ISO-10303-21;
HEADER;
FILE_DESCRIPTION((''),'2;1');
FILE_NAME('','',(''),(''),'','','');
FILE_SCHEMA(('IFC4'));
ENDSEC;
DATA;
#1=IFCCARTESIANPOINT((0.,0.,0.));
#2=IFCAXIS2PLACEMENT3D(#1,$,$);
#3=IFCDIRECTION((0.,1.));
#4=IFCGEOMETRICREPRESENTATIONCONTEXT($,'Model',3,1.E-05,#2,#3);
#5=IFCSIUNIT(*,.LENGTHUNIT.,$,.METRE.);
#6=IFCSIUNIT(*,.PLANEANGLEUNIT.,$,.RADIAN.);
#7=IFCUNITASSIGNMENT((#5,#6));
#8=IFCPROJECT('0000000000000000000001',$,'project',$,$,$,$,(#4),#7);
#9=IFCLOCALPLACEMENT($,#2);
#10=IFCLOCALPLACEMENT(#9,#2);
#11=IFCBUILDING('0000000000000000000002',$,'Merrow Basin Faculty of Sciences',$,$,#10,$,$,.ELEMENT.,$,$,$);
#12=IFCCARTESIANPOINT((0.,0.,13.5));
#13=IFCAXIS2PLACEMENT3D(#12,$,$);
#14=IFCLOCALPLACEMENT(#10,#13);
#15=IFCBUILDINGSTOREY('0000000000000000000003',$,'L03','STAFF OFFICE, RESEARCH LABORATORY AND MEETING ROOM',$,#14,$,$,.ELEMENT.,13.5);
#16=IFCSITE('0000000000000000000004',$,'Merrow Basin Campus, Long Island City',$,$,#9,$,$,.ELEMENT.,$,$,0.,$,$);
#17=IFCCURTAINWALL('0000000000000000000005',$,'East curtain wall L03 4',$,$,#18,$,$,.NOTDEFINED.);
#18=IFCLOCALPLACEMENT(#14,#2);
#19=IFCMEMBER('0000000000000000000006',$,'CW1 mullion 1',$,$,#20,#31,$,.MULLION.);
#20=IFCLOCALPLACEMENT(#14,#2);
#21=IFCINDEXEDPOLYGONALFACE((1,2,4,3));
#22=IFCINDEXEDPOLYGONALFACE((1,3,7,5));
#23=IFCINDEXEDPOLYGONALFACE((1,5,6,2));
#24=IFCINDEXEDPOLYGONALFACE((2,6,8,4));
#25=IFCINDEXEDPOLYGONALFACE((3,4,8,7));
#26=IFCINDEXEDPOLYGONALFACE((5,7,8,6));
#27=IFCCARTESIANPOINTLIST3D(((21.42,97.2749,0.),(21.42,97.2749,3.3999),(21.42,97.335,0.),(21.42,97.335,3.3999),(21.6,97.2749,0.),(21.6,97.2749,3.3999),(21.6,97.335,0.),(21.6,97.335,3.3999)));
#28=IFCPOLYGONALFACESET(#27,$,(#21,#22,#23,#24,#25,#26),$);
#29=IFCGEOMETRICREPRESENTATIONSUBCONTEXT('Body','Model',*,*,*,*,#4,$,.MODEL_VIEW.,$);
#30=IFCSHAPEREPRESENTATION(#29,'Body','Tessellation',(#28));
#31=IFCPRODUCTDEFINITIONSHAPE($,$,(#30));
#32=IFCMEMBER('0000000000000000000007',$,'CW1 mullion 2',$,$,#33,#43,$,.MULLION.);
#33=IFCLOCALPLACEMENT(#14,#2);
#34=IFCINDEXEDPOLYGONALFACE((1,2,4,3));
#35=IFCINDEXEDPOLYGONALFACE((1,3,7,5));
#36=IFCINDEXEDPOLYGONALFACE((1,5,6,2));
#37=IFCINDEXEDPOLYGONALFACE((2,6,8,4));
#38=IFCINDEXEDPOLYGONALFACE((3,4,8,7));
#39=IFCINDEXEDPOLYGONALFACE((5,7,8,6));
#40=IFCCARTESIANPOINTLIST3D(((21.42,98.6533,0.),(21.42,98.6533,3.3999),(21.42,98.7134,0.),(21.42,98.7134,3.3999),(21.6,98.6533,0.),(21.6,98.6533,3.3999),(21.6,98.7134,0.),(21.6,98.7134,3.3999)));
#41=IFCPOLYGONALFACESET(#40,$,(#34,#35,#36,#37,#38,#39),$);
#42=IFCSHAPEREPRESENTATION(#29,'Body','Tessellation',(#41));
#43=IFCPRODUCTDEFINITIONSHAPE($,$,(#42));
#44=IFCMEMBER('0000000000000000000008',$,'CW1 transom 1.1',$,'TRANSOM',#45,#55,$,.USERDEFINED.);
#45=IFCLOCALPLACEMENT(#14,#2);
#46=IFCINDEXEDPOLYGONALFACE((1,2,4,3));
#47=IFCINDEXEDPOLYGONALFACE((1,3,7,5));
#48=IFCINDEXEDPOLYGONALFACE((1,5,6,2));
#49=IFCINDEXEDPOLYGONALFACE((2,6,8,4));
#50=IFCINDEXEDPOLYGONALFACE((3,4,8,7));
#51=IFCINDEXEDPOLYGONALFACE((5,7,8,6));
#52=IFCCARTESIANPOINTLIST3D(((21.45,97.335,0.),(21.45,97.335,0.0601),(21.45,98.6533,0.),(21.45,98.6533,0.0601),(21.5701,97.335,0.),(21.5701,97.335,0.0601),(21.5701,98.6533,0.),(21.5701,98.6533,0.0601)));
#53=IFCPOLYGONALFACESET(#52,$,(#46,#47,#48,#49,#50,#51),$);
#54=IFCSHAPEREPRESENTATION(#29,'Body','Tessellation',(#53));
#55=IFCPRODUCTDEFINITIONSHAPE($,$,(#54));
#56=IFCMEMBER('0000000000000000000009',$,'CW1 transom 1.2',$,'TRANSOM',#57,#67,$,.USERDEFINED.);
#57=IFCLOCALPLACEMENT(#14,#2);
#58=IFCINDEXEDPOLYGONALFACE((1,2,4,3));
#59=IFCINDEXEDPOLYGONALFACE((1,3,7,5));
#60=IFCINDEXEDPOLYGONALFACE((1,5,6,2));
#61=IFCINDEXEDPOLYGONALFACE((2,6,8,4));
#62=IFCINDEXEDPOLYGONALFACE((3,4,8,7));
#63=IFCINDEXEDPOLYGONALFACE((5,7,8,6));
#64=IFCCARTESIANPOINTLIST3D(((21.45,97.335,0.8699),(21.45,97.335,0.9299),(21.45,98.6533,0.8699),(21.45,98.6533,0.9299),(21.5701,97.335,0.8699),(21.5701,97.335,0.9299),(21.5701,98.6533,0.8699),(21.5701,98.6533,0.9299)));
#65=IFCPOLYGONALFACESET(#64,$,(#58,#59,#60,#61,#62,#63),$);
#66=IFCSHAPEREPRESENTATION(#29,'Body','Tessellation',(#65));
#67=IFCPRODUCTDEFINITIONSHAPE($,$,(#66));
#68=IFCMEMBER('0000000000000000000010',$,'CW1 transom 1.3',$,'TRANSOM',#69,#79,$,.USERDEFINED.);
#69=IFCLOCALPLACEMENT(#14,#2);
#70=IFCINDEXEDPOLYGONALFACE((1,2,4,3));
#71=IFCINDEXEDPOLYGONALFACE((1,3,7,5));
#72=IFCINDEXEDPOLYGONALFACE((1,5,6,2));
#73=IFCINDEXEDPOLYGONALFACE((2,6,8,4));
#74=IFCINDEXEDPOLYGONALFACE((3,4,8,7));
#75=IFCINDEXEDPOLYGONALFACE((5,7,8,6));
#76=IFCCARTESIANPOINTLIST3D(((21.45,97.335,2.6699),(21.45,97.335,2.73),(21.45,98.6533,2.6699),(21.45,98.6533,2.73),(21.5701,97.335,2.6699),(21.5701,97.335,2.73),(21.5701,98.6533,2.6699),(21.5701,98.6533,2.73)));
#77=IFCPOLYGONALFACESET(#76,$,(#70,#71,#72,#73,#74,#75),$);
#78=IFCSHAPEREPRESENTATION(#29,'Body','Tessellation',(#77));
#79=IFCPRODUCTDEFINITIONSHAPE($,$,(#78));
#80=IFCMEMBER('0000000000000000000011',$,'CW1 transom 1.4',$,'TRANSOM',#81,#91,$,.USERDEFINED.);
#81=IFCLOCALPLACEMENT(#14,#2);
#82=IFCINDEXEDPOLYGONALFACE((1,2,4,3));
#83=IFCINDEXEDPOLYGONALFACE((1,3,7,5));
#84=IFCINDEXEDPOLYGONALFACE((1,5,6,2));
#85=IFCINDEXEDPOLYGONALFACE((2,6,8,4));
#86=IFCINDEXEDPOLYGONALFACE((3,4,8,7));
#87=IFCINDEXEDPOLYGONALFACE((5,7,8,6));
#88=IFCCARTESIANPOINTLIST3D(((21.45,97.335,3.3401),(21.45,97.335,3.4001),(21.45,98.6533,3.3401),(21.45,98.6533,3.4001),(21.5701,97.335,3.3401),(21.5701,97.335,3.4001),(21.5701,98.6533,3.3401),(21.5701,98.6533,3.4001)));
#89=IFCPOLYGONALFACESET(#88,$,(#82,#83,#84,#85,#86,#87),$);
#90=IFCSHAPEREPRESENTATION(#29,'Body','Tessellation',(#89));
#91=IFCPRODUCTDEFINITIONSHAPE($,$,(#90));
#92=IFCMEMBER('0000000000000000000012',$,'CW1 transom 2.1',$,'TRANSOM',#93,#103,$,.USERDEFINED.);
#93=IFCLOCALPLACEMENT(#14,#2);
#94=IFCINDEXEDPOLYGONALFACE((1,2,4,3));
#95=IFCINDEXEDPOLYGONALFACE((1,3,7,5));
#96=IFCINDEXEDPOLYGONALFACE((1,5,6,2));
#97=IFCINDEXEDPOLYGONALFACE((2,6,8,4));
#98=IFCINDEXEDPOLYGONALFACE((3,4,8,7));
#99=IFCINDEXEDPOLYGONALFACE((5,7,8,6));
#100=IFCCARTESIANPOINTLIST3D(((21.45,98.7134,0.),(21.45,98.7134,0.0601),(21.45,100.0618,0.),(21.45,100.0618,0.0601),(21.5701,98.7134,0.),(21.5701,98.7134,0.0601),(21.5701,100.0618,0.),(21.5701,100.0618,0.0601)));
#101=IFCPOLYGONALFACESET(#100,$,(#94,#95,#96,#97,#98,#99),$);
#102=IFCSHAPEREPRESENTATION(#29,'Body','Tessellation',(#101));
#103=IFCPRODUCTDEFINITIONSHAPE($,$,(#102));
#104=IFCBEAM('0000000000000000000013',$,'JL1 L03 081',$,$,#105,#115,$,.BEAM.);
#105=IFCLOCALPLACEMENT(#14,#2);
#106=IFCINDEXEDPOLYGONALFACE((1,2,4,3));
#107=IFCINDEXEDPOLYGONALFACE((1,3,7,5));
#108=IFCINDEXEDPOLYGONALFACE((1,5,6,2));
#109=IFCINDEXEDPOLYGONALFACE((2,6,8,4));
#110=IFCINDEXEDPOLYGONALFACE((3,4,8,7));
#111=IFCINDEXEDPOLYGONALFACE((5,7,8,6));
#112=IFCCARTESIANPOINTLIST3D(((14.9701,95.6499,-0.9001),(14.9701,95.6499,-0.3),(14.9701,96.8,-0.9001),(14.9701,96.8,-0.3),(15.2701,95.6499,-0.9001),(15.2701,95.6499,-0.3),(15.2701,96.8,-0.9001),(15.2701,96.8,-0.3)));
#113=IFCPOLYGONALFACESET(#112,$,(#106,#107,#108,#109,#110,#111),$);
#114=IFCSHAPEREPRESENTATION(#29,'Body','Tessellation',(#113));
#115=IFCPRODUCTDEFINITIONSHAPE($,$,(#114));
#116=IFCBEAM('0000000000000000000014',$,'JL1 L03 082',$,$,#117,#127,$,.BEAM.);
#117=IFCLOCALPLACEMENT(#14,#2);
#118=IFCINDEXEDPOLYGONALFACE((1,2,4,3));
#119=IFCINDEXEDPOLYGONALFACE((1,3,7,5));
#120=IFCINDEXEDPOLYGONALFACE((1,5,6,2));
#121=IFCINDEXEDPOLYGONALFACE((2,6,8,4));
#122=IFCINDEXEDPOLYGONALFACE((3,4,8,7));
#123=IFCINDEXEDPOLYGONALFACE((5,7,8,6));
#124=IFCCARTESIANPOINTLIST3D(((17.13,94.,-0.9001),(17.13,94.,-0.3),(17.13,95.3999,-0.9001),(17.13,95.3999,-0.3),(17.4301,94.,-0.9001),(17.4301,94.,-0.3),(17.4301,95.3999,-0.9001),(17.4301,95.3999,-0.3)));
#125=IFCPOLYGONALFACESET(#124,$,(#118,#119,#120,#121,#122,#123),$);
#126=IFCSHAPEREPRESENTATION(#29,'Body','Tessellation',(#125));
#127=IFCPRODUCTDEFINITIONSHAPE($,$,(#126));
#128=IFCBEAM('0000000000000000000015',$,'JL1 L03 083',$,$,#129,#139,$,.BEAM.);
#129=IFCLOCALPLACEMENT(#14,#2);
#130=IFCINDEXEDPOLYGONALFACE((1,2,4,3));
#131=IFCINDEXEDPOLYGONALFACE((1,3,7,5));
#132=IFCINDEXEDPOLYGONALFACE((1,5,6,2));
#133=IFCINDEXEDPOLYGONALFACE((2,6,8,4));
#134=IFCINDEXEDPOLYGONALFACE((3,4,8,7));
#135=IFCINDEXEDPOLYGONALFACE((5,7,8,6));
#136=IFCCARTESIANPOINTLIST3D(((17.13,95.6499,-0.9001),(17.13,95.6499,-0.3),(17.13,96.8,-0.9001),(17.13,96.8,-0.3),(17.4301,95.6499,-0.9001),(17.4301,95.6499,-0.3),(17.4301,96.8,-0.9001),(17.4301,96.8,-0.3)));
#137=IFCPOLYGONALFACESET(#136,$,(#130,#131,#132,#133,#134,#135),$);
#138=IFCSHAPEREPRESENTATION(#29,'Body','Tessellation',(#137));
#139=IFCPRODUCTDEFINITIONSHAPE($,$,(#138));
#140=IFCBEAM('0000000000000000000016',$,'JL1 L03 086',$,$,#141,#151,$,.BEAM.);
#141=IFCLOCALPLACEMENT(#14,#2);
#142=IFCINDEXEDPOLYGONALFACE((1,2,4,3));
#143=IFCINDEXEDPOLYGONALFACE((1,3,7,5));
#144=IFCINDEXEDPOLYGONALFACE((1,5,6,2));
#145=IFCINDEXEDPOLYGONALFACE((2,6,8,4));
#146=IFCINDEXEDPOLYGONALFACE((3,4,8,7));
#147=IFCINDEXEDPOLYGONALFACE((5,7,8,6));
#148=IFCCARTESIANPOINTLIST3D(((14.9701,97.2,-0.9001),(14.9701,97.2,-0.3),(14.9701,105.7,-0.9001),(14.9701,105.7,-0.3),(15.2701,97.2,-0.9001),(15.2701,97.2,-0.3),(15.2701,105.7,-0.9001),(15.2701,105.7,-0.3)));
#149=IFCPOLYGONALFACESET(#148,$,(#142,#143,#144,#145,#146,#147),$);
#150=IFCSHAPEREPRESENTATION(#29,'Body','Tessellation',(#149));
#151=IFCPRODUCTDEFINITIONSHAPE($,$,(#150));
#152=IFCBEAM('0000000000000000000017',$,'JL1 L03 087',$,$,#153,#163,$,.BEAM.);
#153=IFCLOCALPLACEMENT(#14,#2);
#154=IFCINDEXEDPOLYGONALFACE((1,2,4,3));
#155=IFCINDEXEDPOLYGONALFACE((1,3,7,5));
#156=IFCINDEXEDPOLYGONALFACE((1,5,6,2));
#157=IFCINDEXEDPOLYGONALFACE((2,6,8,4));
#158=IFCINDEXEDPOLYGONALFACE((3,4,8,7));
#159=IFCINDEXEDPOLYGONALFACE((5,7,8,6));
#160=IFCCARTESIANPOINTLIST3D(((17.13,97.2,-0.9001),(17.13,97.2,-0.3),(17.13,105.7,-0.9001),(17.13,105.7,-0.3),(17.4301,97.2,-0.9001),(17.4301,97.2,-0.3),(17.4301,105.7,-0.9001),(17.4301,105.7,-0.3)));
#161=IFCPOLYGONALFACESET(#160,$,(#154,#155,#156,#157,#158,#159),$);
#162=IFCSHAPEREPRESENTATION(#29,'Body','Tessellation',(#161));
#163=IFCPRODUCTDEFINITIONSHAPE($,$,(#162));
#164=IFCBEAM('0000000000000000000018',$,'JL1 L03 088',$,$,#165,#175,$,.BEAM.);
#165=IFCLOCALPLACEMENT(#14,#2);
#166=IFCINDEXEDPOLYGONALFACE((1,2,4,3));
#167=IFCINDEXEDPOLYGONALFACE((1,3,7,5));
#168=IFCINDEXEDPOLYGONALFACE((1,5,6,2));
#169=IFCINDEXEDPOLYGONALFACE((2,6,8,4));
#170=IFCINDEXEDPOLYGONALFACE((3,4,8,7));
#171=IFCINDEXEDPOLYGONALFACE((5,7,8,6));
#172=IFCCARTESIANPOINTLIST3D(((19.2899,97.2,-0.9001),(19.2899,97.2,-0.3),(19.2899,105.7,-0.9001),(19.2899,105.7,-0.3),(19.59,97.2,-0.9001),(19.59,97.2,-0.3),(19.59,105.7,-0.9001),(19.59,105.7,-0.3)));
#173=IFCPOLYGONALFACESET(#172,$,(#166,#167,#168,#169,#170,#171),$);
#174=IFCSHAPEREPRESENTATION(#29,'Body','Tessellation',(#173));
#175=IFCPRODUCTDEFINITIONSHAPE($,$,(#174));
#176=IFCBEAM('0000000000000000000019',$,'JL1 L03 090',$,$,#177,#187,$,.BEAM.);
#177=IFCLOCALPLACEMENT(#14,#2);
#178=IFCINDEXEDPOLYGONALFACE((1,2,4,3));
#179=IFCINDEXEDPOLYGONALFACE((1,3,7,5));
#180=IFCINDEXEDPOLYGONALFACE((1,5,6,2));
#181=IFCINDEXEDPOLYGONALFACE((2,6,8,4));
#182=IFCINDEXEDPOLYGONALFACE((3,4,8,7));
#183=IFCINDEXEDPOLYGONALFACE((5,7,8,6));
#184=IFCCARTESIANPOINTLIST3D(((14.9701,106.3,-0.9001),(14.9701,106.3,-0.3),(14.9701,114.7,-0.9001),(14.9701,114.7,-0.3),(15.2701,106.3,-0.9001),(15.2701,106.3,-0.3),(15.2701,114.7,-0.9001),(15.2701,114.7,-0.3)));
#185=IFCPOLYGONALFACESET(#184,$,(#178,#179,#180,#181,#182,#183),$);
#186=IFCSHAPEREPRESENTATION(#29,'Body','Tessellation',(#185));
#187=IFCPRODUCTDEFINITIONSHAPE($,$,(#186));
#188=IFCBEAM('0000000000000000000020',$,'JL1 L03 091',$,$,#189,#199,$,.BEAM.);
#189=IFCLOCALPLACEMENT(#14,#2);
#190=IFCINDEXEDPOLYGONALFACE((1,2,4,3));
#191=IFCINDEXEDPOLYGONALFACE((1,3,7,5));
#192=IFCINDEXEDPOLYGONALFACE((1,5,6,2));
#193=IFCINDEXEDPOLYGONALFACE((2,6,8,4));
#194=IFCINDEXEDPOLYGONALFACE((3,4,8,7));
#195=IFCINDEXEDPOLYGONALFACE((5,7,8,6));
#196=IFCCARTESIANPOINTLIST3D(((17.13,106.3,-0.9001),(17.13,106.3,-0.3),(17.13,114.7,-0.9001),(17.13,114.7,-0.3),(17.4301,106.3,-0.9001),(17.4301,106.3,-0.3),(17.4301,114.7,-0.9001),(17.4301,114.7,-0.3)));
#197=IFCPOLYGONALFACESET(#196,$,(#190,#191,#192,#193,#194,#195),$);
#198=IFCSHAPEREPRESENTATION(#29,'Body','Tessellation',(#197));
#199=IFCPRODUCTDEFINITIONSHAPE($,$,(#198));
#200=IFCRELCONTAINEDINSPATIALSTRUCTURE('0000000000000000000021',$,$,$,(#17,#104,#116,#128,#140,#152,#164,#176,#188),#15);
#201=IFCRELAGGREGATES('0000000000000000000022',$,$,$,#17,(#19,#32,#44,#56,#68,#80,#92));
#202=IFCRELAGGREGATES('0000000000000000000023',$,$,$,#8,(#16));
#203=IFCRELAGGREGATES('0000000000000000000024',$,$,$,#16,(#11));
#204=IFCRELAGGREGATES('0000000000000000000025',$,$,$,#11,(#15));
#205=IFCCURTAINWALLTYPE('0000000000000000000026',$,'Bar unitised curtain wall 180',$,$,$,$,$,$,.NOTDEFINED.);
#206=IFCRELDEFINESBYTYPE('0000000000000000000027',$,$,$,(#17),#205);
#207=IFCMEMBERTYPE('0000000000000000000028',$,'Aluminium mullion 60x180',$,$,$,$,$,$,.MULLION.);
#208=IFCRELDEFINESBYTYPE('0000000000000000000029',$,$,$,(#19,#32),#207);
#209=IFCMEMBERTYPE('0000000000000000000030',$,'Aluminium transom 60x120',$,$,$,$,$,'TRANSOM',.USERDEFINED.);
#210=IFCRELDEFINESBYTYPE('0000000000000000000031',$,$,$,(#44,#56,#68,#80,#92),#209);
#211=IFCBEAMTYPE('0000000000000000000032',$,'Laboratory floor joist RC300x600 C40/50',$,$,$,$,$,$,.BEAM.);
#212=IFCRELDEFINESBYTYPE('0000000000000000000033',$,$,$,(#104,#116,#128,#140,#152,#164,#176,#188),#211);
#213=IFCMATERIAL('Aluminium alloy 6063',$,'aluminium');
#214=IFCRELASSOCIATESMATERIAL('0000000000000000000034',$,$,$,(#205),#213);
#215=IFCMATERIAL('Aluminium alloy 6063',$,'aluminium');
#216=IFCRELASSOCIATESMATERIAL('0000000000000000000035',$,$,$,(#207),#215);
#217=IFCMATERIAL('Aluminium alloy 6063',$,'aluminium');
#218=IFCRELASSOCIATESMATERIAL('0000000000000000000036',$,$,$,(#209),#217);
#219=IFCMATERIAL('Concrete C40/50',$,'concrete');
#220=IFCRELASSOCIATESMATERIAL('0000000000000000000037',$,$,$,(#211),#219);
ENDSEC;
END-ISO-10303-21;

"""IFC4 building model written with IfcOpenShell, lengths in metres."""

from ifc_helpers import new_model, si_unit, direction, frame, origin, origin_2d, place, context, subcontext, project, spatial, rectangle, extrude, material, material_profile, profile_set, type_object, element, aggregate, save


model = new_model("IFC4")

# Units and contexts
model_context = context("Model", 3, precision=1e-05, world=origin(), true_north=direction((0.0, 1.0)))
body_context = subcontext(model_context, "Body", "Model", "MODEL_VIEW")
ifc_project = project(units=[si_unit("LENGTHUNIT", "METRE"), si_unit("PLANEANGLEUNIT", "RADIAN")], contexts=[model_context])

# Site, building, storey
site_placement = place(None, origin())
site = spatial("IfcSite", under=ifc_project, at=site_placement, Name="Merrow Basin Campus, Long Island City", CompositionType="ELEMENT", RefElevation=0.0)
building_placement = place(site_placement, origin())
building = spatial("IfcBuilding", under=site, at=building_placement, Name="Merrow Basin Faculty of Sciences", CompositionType="ELEMENT")
storey_placement = place(building_placement, frame((0.0, 0.0, 13.5)))
storey = spatial("IfcBuildingStorey", under=building, at=storey_placement, Name="L03", Description="STAFF OFFICE, RESEARCH LABORATORY AND MEETING ROOM", CompositionType="ELEMENT", Elevation=13.5)

# Curtain wall, members
ifc_material_1 = material(Name="Aluminium alloy 6063", Category="aluminium")
curtain_wall_type = type_object("IfcCurtainWallType", Name="Bar unitised curtain wall 180", PredefinedType="NOTDEFINED", material=ifc_material_1)
curtain_wall_placement = place(storey_placement, origin())
curtain_wall = element("IfcCurtainWall", 1, at=curtain_wall_placement, inside=storey, type_object=curtain_wall_type, Name="East curtain wall L03 4", PredefinedType="NOTDEFINED")
ifc_material_2 = material(Name="Aluminium alloy 6063", Category="aluminium")
ifc_material_profile_1 = material_profile(ifc_material_2, rectangle(XDim=0.1799, YDim=0.0601, at=origin_2d()))
ifc_profile_set_1 = profile_set([ifc_material_profile_1], Name="Aluminium alloy 6063")
member_type_1 = type_object("IfcMemberType", Name="Aluminium mullion 60x180", PredefinedType="MULLION", material=ifc_profile_set_1)
member_1_placement = place(storey_placement, frame((21.51, 97.3049, 0.0), z_axis=(0.0, 0.0, 1.0), x_axis=(-1.0, 0.0, 0.0)))
member_1 = element("IfcMember", 2, at=member_1_placement, type_object=member_type_1, Name="CW1 mullion 1", PredefinedType="MULLION", context=body_context, shape_type="SweptSolid", body=[
    extrude(rectangle(XDim=0.1799, YDim=0.0601, at=origin_2d()), origin(), (0.0, 0.0, 1.0), 3.3999),
])
member_2_placement = place(storey_placement, frame((21.51, 98.6833, 0.0), z_axis=(0.0, 0.0, 1.0), x_axis=(-1.0, 0.0, 0.0)))
member_2 = element("IfcMember", 3, at=member_2_placement, type_object=member_type_1, Name="CW1 mullion 2", PredefinedType="MULLION", context=body_context, shape_type="SweptSolid", body=[
    extrude(rectangle(XDim=0.1799, YDim=0.0601, at=origin_2d()), origin(), (0.0, 0.0, 1.0), 3.3999),
])
ifc_material_3 = material(Name="Aluminium alloy 6063", Category="aluminium")
ifc_material_profile_2 = material_profile(ifc_material_3, rectangle(XDim=0.1201, YDim=0.0601, at=origin_2d()))
ifc_profile_set_2 = profile_set([ifc_material_profile_2], Name="Aluminium alloy 6063")
member_type_2 = type_object("IfcMemberType", Name="Aluminium transom 60x120", ElementType="TRANSOM", PredefinedType="USERDEFINED", material=ifc_profile_set_2)
member_3_placement = place(storey_placement, frame((21.51, 97.335, 0.03), z_axis=(0.0, 1.0, 0.0), x_axis=(-1.0, 0.0, 0.0)))
member_3 = element("IfcMember", 4, at=member_3_placement, type_object=member_type_2, Name="CW1 transom 1.1", ObjectType="TRANSOM", PredefinedType="USERDEFINED", context=body_context, shape_type="SweptSolid", body=[
    extrude(rectangle(XDim=0.1201, YDim=0.0601, at=origin_2d()), origin(), (0.0, 0.0, 1.0), 1.3184),
])
member_4_placement = place(storey_placement, frame((21.51, 97.335, 0.8999), z_axis=(0.0, 1.0, 0.0), x_axis=(-1.0, 0.0, 0.0)))
member_4 = element("IfcMember", 5, at=member_4_placement, type_object=member_type_2, Name="CW1 transom 1.2", ObjectType="TRANSOM", PredefinedType="USERDEFINED", context=body_context, shape_type="SweptSolid", body=[
    extrude(rectangle(XDim=0.1201, YDim=0.0601, at=origin_2d()), origin(), (0.0, 0.0, 1.0), 1.3184),
])
member_5_placement = place(storey_placement, frame((21.51, 97.335, 2.7), z_axis=(0.0, 1.0, 0.0), x_axis=(-1.0, 0.0, 0.0)))
member_5 = element("IfcMember", 6, at=member_5_placement, type_object=member_type_2, Name="CW1 transom 1.3", ObjectType="TRANSOM", PredefinedType="USERDEFINED", context=body_context, shape_type="SweptSolid", body=[
    extrude(rectangle(XDim=0.1201, YDim=0.0601, at=origin_2d()), origin(), (0.0, 0.0, 1.0), 1.3184),
])
member_6_placement = place(storey_placement, frame((21.51, 97.335, 3.3701), z_axis=(0.0, 1.0, 0.0), x_axis=(-1.0, 0.0, 0.0)))
member_6 = element("IfcMember", 7, at=member_6_placement, type_object=member_type_2, Name="CW1 transom 1.4", ObjectType="TRANSOM", PredefinedType="USERDEFINED", context=body_context, shape_type="SweptSolid", body=[
    extrude(rectangle(XDim=0.1201, YDim=0.0601, at=origin_2d()), origin(), (0.0, 0.0, 1.0), 1.3184),
])
member_7_placement = place(storey_placement, frame((21.51, 98.7134, 0.03), z_axis=(0.0, 1.0, 0.0), x_axis=(-1.0, 0.0, 0.0)))
member_7 = element("IfcMember", 8, at=member_7_placement, type_object=member_type_2, Name="CW1 transom 2.1", ObjectType="TRANSOM", PredefinedType="USERDEFINED", context=body_context, shape_type="SweptSolid", body=[
    extrude(rectangle(XDim=0.1201, YDim=0.0601, at=origin_2d()), origin(), (0.0, 0.0, 1.0), 1.3484),
])

# Beams
ifc_material_4 = material(Name="Concrete C40/50", Category="concrete")
ifc_material_profile_3 = material_profile(ifc_material_4, rectangle(XDim=0.3, YDim=0.6001, at=origin_2d()))
ifc_profile_set_3 = profile_set([ifc_material_profile_3], Name="Concrete C40/50")
beam_type = type_object("IfcBeamType", Name="Laboratory floor joist RC300x600 C40/50", PredefinedType="BEAM", material=ifc_profile_set_3)
beam_1_placement = place(storey_placement, frame((15.1201, 95.6499, -0.6001), z_axis=(0.0, 1.0, 0.0), x_axis=(-1.0, 0.0, 0.0)))
element("IfcBeam", 9, at=beam_1_placement, inside=storey, type_object=beam_type, Name="JL1 L03 081", PredefinedType="BEAM", context=body_context, shape_type="SweptSolid", body=[
    extrude(rectangle(XDim=0.3, YDim=0.6001, at=origin_2d()), origin(), (0.0, 0.0, 1.0), 1.1501),
])
beam_2_placement = place(storey_placement, frame((17.28, 94.0, -0.6001), z_axis=(0.0, 1.0, 0.0), x_axis=(-1.0, 0.0, 0.0)))
element("IfcBeam", 10, at=beam_2_placement, inside=storey, type_object=beam_type, Name="JL1 L03 082", PredefinedType="BEAM", context=body_context, shape_type="SweptSolid", body=[
    extrude(rectangle(XDim=0.3, YDim=0.6001, at=origin_2d()), origin(), (0.0, 0.0, 1.0), 1.3999),
])
beam_3_placement = place(storey_placement, frame((17.28, 95.6499, -0.6001), z_axis=(0.0, 1.0, 0.0), x_axis=(-1.0, 0.0, 0.0)))
element("IfcBeam", 11, at=beam_3_placement, inside=storey, type_object=beam_type, Name="JL1 L03 083", PredefinedType="BEAM", context=body_context, shape_type="SweptSolid", body=[
    extrude(rectangle(XDim=0.3, YDim=0.6001, at=origin_2d()), origin(), (0.0, 0.0, 1.0), 1.1501),
])
for number, where, z_axis, x_axis, name in (
    (12, (15.1201, 97.2, -0.6001), (0.0, 1.0, 0.0), (-1.0, 0.0, 0.0), "JL1 L03 086"),
    (13, (17.28, 97.2, -0.6001), (0.0, 1.0, 0.0), (-1.0, 0.0, 0.0), "JL1 L03 087"),
    (14, (19.4399, 97.2, -0.6001), (0.0, 1.0, 0.0), (-1.0, 0.0, 0.0), "JL1 L03 088"),
):
    element("IfcBeam", number, at=place(storey_placement, frame(where, z_axis=z_axis, x_axis=x_axis)), inside=storey, type_object=beam_type, Name=name, PredefinedType="BEAM", context=body_context, shape_type="SweptSolid", body=[
        extrude(rectangle(XDim=0.3, YDim=0.6001, at=origin_2d()), origin(), (0.0, 0.0, 1.0), 8.5),
    ])
for number, where, z_axis, x_axis, name in (
    (15, (15.1201, 106.3, -0.6001), (0.0, 1.0, 0.0), (-1.0, 0.0, 0.0), "JL1 L03 090"),
    (16, (17.28, 106.3, -0.6001), (0.0, 1.0, 0.0), (-1.0, 0.0, 0.0), "JL1 L03 091"),
):
    element("IfcBeam", number, at=place(storey_placement, frame(where, z_axis=z_axis, x_axis=x_axis)), inside=storey, type_object=beam_type, Name=name, PredefinedType="BEAM", context=body_context, shape_type="SweptSolid", body=[
        extrude(rectangle(XDim=0.3, YDim=0.6001, at=origin_2d()), origin(), (0.0, 0.0, 1.0), 8.3999),
    ])

aggregate(curtain_wall, [member_1, member_2, member_3, member_4, member_5, member_6, member_7])

save(model, "model.ifc")
